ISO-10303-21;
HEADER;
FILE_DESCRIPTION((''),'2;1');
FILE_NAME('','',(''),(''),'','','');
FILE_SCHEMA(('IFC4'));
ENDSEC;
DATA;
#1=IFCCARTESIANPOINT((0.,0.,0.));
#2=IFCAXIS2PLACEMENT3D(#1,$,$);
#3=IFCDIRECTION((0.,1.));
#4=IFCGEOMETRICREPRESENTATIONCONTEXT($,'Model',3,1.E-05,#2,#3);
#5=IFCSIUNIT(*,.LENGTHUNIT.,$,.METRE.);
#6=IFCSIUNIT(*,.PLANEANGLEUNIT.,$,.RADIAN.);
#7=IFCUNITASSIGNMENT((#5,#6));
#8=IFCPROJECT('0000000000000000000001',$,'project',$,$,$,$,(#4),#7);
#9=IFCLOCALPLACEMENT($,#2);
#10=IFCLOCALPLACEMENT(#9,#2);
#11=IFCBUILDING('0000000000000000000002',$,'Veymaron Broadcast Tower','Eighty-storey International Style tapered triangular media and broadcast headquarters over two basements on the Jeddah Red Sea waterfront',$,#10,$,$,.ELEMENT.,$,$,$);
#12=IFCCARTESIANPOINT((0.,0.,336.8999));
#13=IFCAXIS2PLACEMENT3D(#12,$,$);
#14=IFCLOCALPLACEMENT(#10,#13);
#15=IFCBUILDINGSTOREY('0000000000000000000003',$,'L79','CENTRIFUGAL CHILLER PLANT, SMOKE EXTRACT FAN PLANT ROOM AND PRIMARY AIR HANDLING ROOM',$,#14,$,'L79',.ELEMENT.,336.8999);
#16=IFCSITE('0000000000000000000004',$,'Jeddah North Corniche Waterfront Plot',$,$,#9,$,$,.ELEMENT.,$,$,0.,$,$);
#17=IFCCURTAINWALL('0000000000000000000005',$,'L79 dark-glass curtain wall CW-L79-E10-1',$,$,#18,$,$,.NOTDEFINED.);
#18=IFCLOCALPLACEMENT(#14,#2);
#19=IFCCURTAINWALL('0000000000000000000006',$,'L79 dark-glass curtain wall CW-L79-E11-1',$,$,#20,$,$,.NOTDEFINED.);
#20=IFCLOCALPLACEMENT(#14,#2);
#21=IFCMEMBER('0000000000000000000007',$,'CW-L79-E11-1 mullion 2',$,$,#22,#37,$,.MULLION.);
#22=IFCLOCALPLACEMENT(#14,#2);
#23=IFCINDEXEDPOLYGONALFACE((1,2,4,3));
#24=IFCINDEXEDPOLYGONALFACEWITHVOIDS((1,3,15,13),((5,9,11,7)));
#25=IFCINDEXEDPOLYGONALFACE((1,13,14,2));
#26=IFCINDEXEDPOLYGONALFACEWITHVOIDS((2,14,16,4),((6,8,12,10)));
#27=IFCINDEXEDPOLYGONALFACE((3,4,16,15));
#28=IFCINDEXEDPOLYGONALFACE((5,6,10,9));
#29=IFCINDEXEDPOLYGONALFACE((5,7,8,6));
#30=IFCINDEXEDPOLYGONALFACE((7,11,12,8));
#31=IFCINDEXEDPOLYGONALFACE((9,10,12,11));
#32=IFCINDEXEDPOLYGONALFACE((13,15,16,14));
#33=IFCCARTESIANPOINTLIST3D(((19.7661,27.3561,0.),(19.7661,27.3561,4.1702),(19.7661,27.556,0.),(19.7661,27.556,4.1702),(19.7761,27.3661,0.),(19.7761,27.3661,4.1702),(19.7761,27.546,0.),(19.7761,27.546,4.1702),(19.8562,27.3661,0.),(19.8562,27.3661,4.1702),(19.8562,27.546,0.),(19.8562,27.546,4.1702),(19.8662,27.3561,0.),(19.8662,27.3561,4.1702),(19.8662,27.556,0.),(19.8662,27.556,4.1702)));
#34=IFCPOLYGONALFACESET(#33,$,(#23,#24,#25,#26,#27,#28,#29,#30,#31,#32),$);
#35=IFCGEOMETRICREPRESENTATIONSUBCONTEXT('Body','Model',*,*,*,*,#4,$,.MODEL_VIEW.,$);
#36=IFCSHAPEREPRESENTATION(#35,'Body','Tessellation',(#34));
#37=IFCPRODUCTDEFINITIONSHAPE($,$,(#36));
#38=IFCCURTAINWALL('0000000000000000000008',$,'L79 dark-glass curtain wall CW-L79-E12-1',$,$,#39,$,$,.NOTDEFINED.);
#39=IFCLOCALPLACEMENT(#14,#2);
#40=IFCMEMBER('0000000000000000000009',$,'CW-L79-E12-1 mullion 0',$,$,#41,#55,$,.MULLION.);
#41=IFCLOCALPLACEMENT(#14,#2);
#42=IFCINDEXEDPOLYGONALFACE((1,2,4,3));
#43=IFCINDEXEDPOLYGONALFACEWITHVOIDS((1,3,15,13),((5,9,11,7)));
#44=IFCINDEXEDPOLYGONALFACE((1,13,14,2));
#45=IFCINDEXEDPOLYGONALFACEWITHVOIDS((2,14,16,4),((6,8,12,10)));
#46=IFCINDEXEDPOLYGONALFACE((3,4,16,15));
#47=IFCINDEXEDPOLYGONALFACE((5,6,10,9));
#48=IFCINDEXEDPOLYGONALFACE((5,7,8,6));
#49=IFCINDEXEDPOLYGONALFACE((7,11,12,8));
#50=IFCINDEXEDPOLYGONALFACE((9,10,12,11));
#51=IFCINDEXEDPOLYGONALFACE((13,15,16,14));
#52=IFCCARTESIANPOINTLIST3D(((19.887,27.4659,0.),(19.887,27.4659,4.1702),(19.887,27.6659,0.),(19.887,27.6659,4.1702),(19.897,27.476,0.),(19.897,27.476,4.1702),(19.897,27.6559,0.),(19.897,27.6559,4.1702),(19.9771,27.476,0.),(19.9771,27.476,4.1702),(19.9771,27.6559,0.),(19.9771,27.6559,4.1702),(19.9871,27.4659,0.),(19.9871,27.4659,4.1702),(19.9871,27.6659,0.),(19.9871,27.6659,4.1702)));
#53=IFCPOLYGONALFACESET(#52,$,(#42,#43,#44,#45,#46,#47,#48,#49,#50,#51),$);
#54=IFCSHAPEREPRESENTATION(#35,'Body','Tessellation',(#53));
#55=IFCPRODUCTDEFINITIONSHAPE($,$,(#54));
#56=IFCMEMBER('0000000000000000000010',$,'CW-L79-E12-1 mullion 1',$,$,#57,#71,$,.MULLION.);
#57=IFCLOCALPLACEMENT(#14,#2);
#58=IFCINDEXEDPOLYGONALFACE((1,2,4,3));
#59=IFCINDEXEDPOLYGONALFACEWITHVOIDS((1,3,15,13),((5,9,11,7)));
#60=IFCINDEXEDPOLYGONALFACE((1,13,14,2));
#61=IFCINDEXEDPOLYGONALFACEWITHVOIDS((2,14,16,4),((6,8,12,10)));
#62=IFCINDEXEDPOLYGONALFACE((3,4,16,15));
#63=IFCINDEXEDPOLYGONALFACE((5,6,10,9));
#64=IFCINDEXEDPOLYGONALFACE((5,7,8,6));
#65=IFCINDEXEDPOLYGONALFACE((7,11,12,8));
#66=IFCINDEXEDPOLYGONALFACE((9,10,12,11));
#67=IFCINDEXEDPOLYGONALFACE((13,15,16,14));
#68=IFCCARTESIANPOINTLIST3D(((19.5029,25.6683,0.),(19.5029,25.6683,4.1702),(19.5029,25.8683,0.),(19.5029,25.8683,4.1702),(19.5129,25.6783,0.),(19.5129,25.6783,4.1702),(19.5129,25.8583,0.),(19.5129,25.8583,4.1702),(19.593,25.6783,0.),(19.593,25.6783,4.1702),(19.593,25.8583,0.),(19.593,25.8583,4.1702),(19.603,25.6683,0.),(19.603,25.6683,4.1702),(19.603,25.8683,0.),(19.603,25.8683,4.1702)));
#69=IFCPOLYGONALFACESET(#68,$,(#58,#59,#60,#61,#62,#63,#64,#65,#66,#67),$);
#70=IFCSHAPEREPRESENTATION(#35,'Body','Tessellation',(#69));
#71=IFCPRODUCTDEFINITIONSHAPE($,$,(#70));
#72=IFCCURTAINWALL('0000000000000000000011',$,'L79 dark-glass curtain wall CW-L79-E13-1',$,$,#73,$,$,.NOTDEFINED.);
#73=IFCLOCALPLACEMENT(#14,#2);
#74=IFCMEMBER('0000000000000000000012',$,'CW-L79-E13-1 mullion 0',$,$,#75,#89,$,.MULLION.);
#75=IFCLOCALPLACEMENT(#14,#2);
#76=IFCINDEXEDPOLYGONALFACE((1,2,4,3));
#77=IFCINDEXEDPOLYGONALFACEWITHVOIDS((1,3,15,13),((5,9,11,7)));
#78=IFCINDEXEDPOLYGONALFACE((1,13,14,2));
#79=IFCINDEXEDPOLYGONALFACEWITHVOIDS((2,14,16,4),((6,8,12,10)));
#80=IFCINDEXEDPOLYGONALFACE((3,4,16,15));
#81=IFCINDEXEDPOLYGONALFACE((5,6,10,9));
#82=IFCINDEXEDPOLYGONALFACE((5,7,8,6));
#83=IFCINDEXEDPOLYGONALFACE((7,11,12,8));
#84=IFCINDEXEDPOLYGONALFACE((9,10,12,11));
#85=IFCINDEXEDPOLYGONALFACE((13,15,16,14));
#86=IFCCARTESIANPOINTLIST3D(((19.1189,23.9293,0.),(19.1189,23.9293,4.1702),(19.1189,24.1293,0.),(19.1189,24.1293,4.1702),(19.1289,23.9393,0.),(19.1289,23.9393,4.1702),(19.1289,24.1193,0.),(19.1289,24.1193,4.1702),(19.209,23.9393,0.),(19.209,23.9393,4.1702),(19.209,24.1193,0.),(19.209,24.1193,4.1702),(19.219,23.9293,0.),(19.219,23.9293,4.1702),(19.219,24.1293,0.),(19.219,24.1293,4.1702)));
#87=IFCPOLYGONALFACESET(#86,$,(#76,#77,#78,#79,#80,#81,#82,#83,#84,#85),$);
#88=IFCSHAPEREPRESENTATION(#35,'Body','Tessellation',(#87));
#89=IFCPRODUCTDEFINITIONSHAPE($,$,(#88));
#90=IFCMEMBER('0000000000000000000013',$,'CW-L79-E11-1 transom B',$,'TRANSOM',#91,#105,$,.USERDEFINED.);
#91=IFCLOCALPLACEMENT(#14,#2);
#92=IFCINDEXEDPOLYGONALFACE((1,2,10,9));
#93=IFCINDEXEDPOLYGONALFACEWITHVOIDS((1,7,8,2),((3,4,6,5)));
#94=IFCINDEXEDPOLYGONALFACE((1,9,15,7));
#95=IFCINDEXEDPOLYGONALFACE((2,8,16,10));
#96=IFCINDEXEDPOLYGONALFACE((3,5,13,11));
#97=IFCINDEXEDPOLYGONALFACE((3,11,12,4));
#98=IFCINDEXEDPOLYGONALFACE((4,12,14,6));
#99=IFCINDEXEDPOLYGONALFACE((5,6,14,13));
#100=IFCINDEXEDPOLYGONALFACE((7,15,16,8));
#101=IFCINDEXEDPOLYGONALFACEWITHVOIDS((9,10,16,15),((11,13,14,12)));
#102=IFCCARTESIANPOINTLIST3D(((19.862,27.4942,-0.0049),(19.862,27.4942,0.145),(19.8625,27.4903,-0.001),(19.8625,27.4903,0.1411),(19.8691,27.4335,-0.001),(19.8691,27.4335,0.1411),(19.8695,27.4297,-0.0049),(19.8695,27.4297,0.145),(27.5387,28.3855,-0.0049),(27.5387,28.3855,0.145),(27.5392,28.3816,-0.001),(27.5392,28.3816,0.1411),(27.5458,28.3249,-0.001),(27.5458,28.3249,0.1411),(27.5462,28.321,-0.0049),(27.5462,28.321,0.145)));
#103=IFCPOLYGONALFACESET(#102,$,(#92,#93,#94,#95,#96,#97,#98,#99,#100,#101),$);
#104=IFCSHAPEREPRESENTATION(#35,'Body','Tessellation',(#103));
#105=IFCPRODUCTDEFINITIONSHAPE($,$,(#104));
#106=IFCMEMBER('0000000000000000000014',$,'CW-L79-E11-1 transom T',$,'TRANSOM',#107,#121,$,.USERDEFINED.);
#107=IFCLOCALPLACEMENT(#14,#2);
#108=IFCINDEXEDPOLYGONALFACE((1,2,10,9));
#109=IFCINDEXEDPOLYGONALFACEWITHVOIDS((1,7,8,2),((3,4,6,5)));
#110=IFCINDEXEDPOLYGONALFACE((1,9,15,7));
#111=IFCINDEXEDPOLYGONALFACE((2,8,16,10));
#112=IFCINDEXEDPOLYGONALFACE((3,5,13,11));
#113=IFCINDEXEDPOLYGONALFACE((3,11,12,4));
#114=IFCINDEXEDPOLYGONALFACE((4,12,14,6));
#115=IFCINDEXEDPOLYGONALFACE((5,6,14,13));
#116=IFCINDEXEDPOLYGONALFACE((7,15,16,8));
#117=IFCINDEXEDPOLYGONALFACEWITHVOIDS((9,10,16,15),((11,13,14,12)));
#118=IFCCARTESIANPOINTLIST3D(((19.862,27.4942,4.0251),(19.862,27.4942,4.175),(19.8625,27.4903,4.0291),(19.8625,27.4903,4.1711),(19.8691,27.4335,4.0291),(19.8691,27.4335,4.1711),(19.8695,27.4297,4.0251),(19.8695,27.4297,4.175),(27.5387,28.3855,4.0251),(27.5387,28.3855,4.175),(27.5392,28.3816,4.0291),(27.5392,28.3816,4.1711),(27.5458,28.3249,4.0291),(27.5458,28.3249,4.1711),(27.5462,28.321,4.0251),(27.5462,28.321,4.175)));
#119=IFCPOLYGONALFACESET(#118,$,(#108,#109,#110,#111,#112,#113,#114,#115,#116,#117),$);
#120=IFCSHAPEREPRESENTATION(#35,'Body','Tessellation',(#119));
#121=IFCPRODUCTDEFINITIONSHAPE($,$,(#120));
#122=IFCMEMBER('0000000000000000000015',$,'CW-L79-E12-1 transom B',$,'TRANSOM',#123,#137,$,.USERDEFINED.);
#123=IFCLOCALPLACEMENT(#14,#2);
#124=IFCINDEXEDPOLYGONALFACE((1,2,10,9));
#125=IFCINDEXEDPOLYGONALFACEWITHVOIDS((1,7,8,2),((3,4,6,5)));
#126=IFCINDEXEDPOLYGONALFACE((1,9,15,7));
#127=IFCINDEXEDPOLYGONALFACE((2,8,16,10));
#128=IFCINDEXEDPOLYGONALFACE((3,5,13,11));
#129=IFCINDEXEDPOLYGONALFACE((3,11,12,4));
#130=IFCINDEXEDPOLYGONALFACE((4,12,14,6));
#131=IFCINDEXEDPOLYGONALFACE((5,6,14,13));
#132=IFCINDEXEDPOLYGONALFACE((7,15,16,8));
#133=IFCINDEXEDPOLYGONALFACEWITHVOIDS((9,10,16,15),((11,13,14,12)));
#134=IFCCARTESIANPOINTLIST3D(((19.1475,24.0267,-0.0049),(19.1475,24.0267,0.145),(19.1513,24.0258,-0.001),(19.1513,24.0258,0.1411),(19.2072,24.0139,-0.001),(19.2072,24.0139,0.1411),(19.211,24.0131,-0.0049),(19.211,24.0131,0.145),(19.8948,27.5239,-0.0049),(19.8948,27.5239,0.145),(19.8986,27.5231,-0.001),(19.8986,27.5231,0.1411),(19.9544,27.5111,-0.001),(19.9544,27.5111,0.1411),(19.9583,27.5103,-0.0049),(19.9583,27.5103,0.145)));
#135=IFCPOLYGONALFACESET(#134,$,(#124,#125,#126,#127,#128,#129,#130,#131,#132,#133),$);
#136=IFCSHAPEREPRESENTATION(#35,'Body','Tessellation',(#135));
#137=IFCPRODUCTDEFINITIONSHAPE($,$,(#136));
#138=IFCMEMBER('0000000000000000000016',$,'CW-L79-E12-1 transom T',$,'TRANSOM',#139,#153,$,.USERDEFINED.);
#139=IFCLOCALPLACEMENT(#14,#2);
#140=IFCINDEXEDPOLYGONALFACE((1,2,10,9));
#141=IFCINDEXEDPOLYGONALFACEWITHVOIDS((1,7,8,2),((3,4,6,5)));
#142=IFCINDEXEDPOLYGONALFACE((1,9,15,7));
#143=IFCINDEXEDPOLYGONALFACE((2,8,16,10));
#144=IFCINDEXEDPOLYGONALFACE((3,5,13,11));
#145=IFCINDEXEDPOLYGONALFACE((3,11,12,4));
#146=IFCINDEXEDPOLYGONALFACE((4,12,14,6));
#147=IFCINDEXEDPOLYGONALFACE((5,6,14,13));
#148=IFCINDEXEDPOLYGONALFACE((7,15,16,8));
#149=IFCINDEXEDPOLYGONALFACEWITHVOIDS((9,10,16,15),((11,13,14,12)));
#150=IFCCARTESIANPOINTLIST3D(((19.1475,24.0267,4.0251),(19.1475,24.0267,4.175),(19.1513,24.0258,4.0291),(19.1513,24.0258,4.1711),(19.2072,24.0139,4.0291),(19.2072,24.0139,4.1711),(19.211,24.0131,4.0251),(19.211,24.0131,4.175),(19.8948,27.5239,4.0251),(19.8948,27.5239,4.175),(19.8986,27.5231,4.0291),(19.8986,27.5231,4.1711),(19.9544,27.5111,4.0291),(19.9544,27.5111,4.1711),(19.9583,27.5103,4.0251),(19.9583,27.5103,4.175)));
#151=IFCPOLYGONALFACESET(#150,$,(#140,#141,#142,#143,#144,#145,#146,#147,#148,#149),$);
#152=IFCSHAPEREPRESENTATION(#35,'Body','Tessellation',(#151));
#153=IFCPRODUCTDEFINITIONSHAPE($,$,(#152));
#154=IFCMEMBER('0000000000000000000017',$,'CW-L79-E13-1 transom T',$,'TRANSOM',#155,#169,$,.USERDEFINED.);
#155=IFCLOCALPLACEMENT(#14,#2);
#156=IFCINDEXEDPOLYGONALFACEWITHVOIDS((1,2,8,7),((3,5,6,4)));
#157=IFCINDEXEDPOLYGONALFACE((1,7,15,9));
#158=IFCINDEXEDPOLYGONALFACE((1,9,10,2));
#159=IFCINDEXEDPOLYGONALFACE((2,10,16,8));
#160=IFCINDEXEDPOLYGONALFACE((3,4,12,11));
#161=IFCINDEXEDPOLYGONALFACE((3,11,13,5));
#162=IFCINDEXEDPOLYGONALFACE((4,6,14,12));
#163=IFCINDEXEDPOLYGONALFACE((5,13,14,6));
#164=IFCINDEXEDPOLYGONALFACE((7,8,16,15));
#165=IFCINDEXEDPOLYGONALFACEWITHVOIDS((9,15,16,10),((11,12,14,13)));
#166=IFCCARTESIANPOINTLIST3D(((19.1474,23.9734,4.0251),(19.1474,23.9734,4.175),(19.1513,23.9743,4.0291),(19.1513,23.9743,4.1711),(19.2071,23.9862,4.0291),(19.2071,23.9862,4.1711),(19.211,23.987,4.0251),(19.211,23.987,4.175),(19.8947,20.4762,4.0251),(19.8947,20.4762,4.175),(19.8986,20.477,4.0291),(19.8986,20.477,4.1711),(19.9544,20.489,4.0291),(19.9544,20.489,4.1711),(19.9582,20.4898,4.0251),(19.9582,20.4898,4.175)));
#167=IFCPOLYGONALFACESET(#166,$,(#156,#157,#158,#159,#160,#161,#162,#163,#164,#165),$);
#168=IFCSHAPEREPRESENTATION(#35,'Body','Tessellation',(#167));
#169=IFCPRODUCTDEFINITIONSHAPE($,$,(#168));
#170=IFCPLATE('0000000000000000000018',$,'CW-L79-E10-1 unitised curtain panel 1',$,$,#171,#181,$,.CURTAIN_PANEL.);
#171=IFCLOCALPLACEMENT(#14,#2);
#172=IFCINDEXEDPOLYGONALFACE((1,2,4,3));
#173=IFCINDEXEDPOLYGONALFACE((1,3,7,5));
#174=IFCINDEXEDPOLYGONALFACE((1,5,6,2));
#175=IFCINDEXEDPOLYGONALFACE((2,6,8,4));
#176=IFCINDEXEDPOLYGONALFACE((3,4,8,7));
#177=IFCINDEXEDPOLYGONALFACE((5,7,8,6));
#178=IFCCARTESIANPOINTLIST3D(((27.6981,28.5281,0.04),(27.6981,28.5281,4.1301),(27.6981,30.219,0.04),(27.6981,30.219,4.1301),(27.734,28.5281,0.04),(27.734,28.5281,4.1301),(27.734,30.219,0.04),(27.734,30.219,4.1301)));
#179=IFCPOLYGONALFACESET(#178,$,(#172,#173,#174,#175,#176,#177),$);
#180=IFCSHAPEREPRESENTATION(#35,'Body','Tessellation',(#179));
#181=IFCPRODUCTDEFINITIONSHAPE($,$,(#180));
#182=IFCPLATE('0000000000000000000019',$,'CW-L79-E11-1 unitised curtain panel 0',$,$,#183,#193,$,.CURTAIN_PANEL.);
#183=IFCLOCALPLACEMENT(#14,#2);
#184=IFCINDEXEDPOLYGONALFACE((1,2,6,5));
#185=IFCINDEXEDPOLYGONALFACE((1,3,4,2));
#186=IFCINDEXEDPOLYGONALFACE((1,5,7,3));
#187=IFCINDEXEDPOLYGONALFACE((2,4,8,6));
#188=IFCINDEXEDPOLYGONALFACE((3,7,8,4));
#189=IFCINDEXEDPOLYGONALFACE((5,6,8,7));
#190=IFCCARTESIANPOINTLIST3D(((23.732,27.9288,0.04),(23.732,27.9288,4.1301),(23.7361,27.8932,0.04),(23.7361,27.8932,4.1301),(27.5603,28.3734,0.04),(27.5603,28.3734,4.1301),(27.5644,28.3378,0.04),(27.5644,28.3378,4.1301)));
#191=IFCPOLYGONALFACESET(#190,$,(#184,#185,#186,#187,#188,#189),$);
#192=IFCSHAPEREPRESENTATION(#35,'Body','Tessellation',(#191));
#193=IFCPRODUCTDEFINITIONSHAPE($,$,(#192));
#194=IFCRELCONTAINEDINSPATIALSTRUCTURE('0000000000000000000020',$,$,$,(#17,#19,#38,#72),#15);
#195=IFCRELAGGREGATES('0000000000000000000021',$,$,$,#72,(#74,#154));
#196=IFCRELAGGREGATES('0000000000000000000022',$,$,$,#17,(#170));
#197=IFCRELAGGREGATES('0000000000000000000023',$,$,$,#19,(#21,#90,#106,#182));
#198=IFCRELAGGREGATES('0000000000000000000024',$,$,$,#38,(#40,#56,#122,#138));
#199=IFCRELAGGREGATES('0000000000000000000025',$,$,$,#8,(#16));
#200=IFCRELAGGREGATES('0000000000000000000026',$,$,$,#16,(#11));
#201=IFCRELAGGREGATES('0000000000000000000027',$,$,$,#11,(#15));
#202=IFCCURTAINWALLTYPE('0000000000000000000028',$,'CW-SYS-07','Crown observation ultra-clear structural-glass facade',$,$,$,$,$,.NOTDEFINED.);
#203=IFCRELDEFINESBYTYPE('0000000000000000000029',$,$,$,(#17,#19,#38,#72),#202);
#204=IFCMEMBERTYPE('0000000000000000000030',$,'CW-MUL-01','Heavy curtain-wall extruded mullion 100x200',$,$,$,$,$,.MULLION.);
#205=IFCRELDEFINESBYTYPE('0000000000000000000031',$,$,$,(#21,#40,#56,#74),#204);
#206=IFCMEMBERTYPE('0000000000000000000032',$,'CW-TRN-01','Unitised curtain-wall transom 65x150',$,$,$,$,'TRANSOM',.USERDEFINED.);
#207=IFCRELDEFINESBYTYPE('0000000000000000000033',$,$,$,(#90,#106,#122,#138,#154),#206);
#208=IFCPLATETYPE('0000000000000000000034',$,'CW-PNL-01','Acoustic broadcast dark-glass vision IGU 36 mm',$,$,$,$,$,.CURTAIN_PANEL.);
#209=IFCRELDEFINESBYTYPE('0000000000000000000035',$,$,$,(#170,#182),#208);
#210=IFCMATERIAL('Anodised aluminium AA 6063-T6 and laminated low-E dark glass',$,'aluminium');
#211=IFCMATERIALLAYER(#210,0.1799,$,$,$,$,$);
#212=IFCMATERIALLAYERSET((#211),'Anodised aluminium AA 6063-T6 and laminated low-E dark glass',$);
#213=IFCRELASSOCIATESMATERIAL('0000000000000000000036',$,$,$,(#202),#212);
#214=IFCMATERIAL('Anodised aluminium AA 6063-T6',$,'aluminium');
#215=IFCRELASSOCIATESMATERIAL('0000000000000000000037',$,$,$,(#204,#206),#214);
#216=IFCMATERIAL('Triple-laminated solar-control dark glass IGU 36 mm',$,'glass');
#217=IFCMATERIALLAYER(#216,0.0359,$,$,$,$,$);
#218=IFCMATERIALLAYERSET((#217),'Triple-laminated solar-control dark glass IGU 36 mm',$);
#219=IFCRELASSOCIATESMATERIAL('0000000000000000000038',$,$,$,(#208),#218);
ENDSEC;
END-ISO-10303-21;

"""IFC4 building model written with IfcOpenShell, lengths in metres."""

from ifc_helpers import new_model, si_unit, direction, frame, origin, origin_2d, place, context, subcontext, project, spatial, rectangle, hollow_rectangle, extrude, material, layer, layer_set, material_profile, profile_set, type_object, element, aggregate, save


model = new_model("IFC4")

# Units and contexts
model_context = context("Model", 3, precision=1e-05, world=origin(), true_north=direction((0.0, 1.0)))
body_context = subcontext(model_context, "Body", "Model", "MODEL_VIEW")
ifc_project = project(units=[si_unit("LENGTHUNIT", "METRE"), si_unit("PLANEANGLEUNIT", "RADIAN")], contexts=[model_context])

# Site, building, storey
site_placement = place(None, origin())
site = spatial("IfcSite", under=ifc_project, at=site_placement, Name="Jeddah North Corniche Waterfront Plot", CompositionType="ELEMENT", RefElevation=0.0)
building_placement = place(site_placement, origin())
building = spatial("IfcBuilding", under=site, at=building_placement, Name="Veymaron Broadcast Tower", Description="Eighty-storey International Style tapered triangular media and broadcast headquarters over two basements on the Jeddah Red Sea waterfront", CompositionType="ELEMENT")
storey_placement = place(building_placement, frame((0.0, 0.0, 336.8999)))
storey = spatial("IfcBuildingStorey", under=building, at=storey_placement, Name="L79", Description="CENTRIFUGAL CHILLER PLANT, SMOKE EXTRACT FAN PLANT ROOM AND PRIMARY AIR HANDLING ROOM", LongName="L79", CompositionType="ELEMENT", Elevation=336.8999)

# Curtain wall
ifc_material_1 = material(Name="Anodised aluminium AA 6063-T6 and laminated low-E dark glass", Category="aluminium")
ifc_layer_1 = layer(ifc_material_1, 0.1799)
ifc_layer_set_1 = layer_set([ifc_layer_1], Name="Anodised aluminium AA 6063-T6 and laminated low-E dark glass")
curtain_wall_type = type_object("IfcCurtainWallType", Name="CW-SYS-07", Description="Crown observation ultra-clear structural-glass facade", PredefinedType="NOTDEFINED", material=ifc_layer_set_1)
ifc_material_2 = material(Name="Anodised aluminium AA 6063-T6", Category="aluminium")
ifc_material_profile_1 = material_profile(ifc_material_2, hollow_rectangle(XDim=0.1001, YDim=0.2, WallThickness=0.01, at=origin_2d()), Name="RHS200X100X10")
ifc_profile_set_1 = profile_set([ifc_material_profile_1], Name="Anodised aluminium AA 6063-T6")
member_type_1 = type_object("IfcMemberType", Name="CW-MUL-01", Description="Heavy curtain-wall extruded mullion 100x200", PredefinedType="MULLION", material=ifc_profile_set_1)
curtain_wall_1_placement = place(storey_placement, origin())
curtain_wall_1 = element("IfcCurtainWall", 1, at=curtain_wall_1_placement, inside=storey, type_object=curtain_wall_type, Name="L79 dark-glass curtain wall CW-L79-E10-1", PredefinedType="NOTDEFINED")

# Curtain walls, members
curtain_wall_2_placement = place(storey_placement, origin())
curtain_wall_2 = element("IfcCurtainWall", 2, at=curtain_wall_2_placement, inside=storey, type_object=curtain_wall_type, Name="L79 dark-glass curtain wall CW-L79-E11-1", PredefinedType="NOTDEFINED")
member_1_placement = place(storey_placement, frame((19.8162, 27.4561, 0.0), z_axis=(0.0, 0.0, 1.0), x_axis=(1.0, 0.0, 0.0)))
member_1 = element("IfcMember", 3, at=member_1_placement, type_object=member_type_1, Name="CW-L79-E11-1 mullion 2", PredefinedType="MULLION", context=body_context, shape_type="SweptSolid", body=[
    extrude(hollow_rectangle(XDim=0.1001, YDim=0.2, WallThickness=0.01, at=origin_2d()), origin(), (0.0, 0.0, 1.0), 4.1702),
])
curtain_wall_3_placement = place(storey_placement, origin())
curtain_wall_3 = element("IfcCurtainWall", 4, at=curtain_wall_3_placement, inside=storey, type_object=curtain_wall_type, Name="L79 dark-glass curtain wall CW-L79-E12-1", PredefinedType="NOTDEFINED")
member_2_placement = place(storey_placement, frame((19.937, 27.5659, 0.0), z_axis=(0.0, 0.0, 1.0), x_axis=(1.0, 0.0, 0.0)))
member_2 = element("IfcMember", 5, at=member_2_placement, type_object=member_type_1, Name="CW-L79-E12-1 mullion 0", PredefinedType="MULLION", context=body_context, shape_type="SweptSolid", body=[
    extrude(hollow_rectangle(XDim=0.1001, YDim=0.2, WallThickness=0.01, at=origin_2d()), origin(), (0.0, 0.0, 1.0), 4.1702),
])
member_3_placement = place(storey_placement, frame((19.553, 25.7683, 0.0), z_axis=(0.0, 0.0, 1.0), x_axis=(1.0, 0.0, 0.0)))
member_3 = element("IfcMember", 6, at=member_3_placement, type_object=member_type_1, Name="CW-L79-E12-1 mullion 1", PredefinedType="MULLION", context=body_context, shape_type="SweptSolid", body=[
    extrude(hollow_rectangle(XDim=0.1001, YDim=0.2, WallThickness=0.01, at=origin_2d()), origin(), (0.0, 0.0, 1.0), 4.1702),
])

# Curtain wall, member
curtain_wall_4_placement = place(storey_placement, origin())
curtain_wall_4 = element("IfcCurtainWall", 7, at=curtain_wall_4_placement, inside=storey, type_object=curtain_wall_type, Name="L79 dark-glass curtain wall CW-L79-E13-1", PredefinedType="NOTDEFINED")
member_4_placement = place(storey_placement, frame((19.1689, 24.0293, 0.0), z_axis=(0.0, 0.0, 1.0), x_axis=(1.0, 0.0, 0.0)))
member_4 = element("IfcMember", 8, at=member_4_placement, type_object=member_type_1, Name="CW-L79-E13-1 mullion 0", PredefinedType="MULLION", context=body_context, shape_type="SweptSolid", body=[
    extrude(hollow_rectangle(XDim=0.1001, YDim=0.2, WallThickness=0.01, at=origin_2d()), origin(), (0.0, 0.0, 1.0), 4.1702),
])

# Members
ifc_material_profile_2 = material_profile(ifc_material_2, hollow_rectangle(XDim=0.0649, YDim=0.1499, WallThickness=0.0039, at=origin_2d()), Name="AL150X65X4")
ifc_profile_set_2 = profile_set([ifc_material_profile_2], Name="Anodised aluminium AA 6063-T6")
member_type_2 = type_object("IfcMemberType", Name="CW-TRN-01", Description="Unitised curtain-wall transom 65x150", ElementType="TRANSOM", PredefinedType="USERDEFINED", material=ifc_profile_set_2)
member_5_placement = place(storey_placement, frame((27.5425, 28.3533, 0.0701), z_axis=(-0.993326, -0.115336, 0.0), x_axis=(0.115336, -0.993326, 0.0)))
member_5 = element("IfcMember", 9, at=member_5_placement, type_object=member_type_2, Name="CW-L79-E11-1 transom B", ObjectType="TRANSOM", PredefinedType="USERDEFINED", context=body_context, shape_type="SweptSolid", body=[
    extrude(hollow_rectangle(XDim=0.0649, YDim=0.1499, WallThickness=0.0039, at=origin_2d()), origin(), (0.0, 0.0, 1.0), 7.7283),
])
member_6_placement = place(storey_placement, frame((27.5425, 28.3533, 4.1001), z_axis=(-0.993326, -0.115336, 0.0), x_axis=(0.115336, -0.993326, 0.0)))
member_6 = element("IfcMember", 10, at=member_6_placement, type_object=member_type_2, Name="CW-L79-E11-1 transom T", ObjectType="TRANSOM", PredefinedType="USERDEFINED", context=body_context, shape_type="SweptSolid", body=[
    extrude(hollow_rectangle(XDim=0.0649, YDim=0.1499, WallThickness=0.0039, at=origin_2d()), origin(), (0.0, 0.0, 1.0), 7.7283),
])
member_7_placement = place(storey_placement, frame((19.9265, 27.5171, 0.0701), z_axis=(-0.208965, -0.977923, 0.0), x_axis=(0.977923, -0.208965, 0.0)))
member_7 = element("IfcMember", 11, at=member_7_placement, type_object=member_type_2, Name="CW-L79-E12-1 transom B", ObjectType="TRANSOM", PredefinedType="USERDEFINED", context=body_context, shape_type="SweptSolid", body=[
    extrude(hollow_rectangle(XDim=0.0649, YDim=0.1499, WallThickness=0.0039, at=origin_2d()), origin(), (0.0, 0.0, 1.0), 3.5762),
])
member_8_placement = place(storey_placement, frame((19.9265, 27.5171, 4.1001), z_axis=(-0.208965, -0.977923, 0.0), x_axis=(0.977923, -0.208965, 0.0)))
member_8 = element("IfcMember", 12, at=member_8_placement, type_object=member_type_2, Name="CW-L79-E12-1 transom T", ObjectType="TRANSOM", PredefinedType="USERDEFINED", context=body_context, shape_type="SweptSolid", body=[
    extrude(hollow_rectangle(XDim=0.0649, YDim=0.1499, WallThickness=0.0039, at=origin_2d()), origin(), (0.0, 0.0, 1.0), 3.5762),
])
member_9_placement = place(storey_placement, frame((19.1792, 23.9802, 4.1001), z_axis=(0.208965, -0.977923, 0.0), x_axis=(0.977923, 0.208965, 0.0)))
member_9 = element("IfcMember", 13, at=member_9_placement, type_object=member_type_2, Name="CW-L79-E13-1 transom T", ObjectType="TRANSOM", PredefinedType="USERDEFINED", context=body_context, shape_type="SweptSolid", body=[
    extrude(hollow_rectangle(XDim=0.0649, YDim=0.1499, WallThickness=0.0039, at=origin_2d()), origin(), (0.0, 0.0, 1.0), 3.5762),
])
aggregate(curtain_wall_4, [member_4, member_9])

# Plates
ifc_material_3 = material(Name="Triple-laminated solar-control dark glass IGU 36 mm", Category="glass")
ifc_layer_2 = layer(ifc_material_3, 0.0359)
ifc_layer_set_2 = layer_set([ifc_layer_2], Name="Triple-laminated solar-control dark glass IGU 36 mm")
plate_type = type_object("IfcPlateType", Name="CW-PNL-01", Description="Acoustic broadcast dark-glass vision IGU 36 mm", PredefinedType="CURTAIN_PANEL", material=ifc_layer_set_2)
plate_1_placement = place(storey_placement, frame((27.7161, 29.3735, 0.04), z_axis=(0.0, 0.0, 1.0), x_axis=(0.0, -1.0, 0.0)))
plate_1 = element("IfcPlate", 14, at=plate_1_placement, type_object=plate_type, Name="CW-L79-E10-1 unitised curtain panel 1", PredefinedType="CURTAIN_PANEL", context=body_context, shape_type="SweptSolid", body=[
    extrude(rectangle(XDim=1.6909, YDim=0.0359, at=origin_2d()), origin(), (0.0, 0.0, 1.0), 4.0901),
])
aggregate(curtain_wall_1, [plate_1])
plate_2_placement = place(storey_placement, frame((25.6482, 28.1333, 0.04), z_axis=(0.0, 0.0, 1.0), x_axis=(-0.993325, -0.115353, 0.0)))
plate_2 = element("IfcPlate", 15, at=plate_2_placement, type_object=plate_type, Name="CW-L79-E11-1 unitised curtain panel 0", PredefinedType="CURTAIN_PANEL", context=body_context, shape_type="SweptSolid", body=[
    extrude(rectangle(XDim=3.854, YDim=0.0359, at=origin_2d()), origin(), (0.0, 0.0, 1.0), 4.0901),
])
aggregate(curtain_wall_2, [member_1, member_5, member_6, plate_2])
aggregate(curtain_wall_3, [member_2, member_3, member_7, member_8])

save(model, "model.ifc")
